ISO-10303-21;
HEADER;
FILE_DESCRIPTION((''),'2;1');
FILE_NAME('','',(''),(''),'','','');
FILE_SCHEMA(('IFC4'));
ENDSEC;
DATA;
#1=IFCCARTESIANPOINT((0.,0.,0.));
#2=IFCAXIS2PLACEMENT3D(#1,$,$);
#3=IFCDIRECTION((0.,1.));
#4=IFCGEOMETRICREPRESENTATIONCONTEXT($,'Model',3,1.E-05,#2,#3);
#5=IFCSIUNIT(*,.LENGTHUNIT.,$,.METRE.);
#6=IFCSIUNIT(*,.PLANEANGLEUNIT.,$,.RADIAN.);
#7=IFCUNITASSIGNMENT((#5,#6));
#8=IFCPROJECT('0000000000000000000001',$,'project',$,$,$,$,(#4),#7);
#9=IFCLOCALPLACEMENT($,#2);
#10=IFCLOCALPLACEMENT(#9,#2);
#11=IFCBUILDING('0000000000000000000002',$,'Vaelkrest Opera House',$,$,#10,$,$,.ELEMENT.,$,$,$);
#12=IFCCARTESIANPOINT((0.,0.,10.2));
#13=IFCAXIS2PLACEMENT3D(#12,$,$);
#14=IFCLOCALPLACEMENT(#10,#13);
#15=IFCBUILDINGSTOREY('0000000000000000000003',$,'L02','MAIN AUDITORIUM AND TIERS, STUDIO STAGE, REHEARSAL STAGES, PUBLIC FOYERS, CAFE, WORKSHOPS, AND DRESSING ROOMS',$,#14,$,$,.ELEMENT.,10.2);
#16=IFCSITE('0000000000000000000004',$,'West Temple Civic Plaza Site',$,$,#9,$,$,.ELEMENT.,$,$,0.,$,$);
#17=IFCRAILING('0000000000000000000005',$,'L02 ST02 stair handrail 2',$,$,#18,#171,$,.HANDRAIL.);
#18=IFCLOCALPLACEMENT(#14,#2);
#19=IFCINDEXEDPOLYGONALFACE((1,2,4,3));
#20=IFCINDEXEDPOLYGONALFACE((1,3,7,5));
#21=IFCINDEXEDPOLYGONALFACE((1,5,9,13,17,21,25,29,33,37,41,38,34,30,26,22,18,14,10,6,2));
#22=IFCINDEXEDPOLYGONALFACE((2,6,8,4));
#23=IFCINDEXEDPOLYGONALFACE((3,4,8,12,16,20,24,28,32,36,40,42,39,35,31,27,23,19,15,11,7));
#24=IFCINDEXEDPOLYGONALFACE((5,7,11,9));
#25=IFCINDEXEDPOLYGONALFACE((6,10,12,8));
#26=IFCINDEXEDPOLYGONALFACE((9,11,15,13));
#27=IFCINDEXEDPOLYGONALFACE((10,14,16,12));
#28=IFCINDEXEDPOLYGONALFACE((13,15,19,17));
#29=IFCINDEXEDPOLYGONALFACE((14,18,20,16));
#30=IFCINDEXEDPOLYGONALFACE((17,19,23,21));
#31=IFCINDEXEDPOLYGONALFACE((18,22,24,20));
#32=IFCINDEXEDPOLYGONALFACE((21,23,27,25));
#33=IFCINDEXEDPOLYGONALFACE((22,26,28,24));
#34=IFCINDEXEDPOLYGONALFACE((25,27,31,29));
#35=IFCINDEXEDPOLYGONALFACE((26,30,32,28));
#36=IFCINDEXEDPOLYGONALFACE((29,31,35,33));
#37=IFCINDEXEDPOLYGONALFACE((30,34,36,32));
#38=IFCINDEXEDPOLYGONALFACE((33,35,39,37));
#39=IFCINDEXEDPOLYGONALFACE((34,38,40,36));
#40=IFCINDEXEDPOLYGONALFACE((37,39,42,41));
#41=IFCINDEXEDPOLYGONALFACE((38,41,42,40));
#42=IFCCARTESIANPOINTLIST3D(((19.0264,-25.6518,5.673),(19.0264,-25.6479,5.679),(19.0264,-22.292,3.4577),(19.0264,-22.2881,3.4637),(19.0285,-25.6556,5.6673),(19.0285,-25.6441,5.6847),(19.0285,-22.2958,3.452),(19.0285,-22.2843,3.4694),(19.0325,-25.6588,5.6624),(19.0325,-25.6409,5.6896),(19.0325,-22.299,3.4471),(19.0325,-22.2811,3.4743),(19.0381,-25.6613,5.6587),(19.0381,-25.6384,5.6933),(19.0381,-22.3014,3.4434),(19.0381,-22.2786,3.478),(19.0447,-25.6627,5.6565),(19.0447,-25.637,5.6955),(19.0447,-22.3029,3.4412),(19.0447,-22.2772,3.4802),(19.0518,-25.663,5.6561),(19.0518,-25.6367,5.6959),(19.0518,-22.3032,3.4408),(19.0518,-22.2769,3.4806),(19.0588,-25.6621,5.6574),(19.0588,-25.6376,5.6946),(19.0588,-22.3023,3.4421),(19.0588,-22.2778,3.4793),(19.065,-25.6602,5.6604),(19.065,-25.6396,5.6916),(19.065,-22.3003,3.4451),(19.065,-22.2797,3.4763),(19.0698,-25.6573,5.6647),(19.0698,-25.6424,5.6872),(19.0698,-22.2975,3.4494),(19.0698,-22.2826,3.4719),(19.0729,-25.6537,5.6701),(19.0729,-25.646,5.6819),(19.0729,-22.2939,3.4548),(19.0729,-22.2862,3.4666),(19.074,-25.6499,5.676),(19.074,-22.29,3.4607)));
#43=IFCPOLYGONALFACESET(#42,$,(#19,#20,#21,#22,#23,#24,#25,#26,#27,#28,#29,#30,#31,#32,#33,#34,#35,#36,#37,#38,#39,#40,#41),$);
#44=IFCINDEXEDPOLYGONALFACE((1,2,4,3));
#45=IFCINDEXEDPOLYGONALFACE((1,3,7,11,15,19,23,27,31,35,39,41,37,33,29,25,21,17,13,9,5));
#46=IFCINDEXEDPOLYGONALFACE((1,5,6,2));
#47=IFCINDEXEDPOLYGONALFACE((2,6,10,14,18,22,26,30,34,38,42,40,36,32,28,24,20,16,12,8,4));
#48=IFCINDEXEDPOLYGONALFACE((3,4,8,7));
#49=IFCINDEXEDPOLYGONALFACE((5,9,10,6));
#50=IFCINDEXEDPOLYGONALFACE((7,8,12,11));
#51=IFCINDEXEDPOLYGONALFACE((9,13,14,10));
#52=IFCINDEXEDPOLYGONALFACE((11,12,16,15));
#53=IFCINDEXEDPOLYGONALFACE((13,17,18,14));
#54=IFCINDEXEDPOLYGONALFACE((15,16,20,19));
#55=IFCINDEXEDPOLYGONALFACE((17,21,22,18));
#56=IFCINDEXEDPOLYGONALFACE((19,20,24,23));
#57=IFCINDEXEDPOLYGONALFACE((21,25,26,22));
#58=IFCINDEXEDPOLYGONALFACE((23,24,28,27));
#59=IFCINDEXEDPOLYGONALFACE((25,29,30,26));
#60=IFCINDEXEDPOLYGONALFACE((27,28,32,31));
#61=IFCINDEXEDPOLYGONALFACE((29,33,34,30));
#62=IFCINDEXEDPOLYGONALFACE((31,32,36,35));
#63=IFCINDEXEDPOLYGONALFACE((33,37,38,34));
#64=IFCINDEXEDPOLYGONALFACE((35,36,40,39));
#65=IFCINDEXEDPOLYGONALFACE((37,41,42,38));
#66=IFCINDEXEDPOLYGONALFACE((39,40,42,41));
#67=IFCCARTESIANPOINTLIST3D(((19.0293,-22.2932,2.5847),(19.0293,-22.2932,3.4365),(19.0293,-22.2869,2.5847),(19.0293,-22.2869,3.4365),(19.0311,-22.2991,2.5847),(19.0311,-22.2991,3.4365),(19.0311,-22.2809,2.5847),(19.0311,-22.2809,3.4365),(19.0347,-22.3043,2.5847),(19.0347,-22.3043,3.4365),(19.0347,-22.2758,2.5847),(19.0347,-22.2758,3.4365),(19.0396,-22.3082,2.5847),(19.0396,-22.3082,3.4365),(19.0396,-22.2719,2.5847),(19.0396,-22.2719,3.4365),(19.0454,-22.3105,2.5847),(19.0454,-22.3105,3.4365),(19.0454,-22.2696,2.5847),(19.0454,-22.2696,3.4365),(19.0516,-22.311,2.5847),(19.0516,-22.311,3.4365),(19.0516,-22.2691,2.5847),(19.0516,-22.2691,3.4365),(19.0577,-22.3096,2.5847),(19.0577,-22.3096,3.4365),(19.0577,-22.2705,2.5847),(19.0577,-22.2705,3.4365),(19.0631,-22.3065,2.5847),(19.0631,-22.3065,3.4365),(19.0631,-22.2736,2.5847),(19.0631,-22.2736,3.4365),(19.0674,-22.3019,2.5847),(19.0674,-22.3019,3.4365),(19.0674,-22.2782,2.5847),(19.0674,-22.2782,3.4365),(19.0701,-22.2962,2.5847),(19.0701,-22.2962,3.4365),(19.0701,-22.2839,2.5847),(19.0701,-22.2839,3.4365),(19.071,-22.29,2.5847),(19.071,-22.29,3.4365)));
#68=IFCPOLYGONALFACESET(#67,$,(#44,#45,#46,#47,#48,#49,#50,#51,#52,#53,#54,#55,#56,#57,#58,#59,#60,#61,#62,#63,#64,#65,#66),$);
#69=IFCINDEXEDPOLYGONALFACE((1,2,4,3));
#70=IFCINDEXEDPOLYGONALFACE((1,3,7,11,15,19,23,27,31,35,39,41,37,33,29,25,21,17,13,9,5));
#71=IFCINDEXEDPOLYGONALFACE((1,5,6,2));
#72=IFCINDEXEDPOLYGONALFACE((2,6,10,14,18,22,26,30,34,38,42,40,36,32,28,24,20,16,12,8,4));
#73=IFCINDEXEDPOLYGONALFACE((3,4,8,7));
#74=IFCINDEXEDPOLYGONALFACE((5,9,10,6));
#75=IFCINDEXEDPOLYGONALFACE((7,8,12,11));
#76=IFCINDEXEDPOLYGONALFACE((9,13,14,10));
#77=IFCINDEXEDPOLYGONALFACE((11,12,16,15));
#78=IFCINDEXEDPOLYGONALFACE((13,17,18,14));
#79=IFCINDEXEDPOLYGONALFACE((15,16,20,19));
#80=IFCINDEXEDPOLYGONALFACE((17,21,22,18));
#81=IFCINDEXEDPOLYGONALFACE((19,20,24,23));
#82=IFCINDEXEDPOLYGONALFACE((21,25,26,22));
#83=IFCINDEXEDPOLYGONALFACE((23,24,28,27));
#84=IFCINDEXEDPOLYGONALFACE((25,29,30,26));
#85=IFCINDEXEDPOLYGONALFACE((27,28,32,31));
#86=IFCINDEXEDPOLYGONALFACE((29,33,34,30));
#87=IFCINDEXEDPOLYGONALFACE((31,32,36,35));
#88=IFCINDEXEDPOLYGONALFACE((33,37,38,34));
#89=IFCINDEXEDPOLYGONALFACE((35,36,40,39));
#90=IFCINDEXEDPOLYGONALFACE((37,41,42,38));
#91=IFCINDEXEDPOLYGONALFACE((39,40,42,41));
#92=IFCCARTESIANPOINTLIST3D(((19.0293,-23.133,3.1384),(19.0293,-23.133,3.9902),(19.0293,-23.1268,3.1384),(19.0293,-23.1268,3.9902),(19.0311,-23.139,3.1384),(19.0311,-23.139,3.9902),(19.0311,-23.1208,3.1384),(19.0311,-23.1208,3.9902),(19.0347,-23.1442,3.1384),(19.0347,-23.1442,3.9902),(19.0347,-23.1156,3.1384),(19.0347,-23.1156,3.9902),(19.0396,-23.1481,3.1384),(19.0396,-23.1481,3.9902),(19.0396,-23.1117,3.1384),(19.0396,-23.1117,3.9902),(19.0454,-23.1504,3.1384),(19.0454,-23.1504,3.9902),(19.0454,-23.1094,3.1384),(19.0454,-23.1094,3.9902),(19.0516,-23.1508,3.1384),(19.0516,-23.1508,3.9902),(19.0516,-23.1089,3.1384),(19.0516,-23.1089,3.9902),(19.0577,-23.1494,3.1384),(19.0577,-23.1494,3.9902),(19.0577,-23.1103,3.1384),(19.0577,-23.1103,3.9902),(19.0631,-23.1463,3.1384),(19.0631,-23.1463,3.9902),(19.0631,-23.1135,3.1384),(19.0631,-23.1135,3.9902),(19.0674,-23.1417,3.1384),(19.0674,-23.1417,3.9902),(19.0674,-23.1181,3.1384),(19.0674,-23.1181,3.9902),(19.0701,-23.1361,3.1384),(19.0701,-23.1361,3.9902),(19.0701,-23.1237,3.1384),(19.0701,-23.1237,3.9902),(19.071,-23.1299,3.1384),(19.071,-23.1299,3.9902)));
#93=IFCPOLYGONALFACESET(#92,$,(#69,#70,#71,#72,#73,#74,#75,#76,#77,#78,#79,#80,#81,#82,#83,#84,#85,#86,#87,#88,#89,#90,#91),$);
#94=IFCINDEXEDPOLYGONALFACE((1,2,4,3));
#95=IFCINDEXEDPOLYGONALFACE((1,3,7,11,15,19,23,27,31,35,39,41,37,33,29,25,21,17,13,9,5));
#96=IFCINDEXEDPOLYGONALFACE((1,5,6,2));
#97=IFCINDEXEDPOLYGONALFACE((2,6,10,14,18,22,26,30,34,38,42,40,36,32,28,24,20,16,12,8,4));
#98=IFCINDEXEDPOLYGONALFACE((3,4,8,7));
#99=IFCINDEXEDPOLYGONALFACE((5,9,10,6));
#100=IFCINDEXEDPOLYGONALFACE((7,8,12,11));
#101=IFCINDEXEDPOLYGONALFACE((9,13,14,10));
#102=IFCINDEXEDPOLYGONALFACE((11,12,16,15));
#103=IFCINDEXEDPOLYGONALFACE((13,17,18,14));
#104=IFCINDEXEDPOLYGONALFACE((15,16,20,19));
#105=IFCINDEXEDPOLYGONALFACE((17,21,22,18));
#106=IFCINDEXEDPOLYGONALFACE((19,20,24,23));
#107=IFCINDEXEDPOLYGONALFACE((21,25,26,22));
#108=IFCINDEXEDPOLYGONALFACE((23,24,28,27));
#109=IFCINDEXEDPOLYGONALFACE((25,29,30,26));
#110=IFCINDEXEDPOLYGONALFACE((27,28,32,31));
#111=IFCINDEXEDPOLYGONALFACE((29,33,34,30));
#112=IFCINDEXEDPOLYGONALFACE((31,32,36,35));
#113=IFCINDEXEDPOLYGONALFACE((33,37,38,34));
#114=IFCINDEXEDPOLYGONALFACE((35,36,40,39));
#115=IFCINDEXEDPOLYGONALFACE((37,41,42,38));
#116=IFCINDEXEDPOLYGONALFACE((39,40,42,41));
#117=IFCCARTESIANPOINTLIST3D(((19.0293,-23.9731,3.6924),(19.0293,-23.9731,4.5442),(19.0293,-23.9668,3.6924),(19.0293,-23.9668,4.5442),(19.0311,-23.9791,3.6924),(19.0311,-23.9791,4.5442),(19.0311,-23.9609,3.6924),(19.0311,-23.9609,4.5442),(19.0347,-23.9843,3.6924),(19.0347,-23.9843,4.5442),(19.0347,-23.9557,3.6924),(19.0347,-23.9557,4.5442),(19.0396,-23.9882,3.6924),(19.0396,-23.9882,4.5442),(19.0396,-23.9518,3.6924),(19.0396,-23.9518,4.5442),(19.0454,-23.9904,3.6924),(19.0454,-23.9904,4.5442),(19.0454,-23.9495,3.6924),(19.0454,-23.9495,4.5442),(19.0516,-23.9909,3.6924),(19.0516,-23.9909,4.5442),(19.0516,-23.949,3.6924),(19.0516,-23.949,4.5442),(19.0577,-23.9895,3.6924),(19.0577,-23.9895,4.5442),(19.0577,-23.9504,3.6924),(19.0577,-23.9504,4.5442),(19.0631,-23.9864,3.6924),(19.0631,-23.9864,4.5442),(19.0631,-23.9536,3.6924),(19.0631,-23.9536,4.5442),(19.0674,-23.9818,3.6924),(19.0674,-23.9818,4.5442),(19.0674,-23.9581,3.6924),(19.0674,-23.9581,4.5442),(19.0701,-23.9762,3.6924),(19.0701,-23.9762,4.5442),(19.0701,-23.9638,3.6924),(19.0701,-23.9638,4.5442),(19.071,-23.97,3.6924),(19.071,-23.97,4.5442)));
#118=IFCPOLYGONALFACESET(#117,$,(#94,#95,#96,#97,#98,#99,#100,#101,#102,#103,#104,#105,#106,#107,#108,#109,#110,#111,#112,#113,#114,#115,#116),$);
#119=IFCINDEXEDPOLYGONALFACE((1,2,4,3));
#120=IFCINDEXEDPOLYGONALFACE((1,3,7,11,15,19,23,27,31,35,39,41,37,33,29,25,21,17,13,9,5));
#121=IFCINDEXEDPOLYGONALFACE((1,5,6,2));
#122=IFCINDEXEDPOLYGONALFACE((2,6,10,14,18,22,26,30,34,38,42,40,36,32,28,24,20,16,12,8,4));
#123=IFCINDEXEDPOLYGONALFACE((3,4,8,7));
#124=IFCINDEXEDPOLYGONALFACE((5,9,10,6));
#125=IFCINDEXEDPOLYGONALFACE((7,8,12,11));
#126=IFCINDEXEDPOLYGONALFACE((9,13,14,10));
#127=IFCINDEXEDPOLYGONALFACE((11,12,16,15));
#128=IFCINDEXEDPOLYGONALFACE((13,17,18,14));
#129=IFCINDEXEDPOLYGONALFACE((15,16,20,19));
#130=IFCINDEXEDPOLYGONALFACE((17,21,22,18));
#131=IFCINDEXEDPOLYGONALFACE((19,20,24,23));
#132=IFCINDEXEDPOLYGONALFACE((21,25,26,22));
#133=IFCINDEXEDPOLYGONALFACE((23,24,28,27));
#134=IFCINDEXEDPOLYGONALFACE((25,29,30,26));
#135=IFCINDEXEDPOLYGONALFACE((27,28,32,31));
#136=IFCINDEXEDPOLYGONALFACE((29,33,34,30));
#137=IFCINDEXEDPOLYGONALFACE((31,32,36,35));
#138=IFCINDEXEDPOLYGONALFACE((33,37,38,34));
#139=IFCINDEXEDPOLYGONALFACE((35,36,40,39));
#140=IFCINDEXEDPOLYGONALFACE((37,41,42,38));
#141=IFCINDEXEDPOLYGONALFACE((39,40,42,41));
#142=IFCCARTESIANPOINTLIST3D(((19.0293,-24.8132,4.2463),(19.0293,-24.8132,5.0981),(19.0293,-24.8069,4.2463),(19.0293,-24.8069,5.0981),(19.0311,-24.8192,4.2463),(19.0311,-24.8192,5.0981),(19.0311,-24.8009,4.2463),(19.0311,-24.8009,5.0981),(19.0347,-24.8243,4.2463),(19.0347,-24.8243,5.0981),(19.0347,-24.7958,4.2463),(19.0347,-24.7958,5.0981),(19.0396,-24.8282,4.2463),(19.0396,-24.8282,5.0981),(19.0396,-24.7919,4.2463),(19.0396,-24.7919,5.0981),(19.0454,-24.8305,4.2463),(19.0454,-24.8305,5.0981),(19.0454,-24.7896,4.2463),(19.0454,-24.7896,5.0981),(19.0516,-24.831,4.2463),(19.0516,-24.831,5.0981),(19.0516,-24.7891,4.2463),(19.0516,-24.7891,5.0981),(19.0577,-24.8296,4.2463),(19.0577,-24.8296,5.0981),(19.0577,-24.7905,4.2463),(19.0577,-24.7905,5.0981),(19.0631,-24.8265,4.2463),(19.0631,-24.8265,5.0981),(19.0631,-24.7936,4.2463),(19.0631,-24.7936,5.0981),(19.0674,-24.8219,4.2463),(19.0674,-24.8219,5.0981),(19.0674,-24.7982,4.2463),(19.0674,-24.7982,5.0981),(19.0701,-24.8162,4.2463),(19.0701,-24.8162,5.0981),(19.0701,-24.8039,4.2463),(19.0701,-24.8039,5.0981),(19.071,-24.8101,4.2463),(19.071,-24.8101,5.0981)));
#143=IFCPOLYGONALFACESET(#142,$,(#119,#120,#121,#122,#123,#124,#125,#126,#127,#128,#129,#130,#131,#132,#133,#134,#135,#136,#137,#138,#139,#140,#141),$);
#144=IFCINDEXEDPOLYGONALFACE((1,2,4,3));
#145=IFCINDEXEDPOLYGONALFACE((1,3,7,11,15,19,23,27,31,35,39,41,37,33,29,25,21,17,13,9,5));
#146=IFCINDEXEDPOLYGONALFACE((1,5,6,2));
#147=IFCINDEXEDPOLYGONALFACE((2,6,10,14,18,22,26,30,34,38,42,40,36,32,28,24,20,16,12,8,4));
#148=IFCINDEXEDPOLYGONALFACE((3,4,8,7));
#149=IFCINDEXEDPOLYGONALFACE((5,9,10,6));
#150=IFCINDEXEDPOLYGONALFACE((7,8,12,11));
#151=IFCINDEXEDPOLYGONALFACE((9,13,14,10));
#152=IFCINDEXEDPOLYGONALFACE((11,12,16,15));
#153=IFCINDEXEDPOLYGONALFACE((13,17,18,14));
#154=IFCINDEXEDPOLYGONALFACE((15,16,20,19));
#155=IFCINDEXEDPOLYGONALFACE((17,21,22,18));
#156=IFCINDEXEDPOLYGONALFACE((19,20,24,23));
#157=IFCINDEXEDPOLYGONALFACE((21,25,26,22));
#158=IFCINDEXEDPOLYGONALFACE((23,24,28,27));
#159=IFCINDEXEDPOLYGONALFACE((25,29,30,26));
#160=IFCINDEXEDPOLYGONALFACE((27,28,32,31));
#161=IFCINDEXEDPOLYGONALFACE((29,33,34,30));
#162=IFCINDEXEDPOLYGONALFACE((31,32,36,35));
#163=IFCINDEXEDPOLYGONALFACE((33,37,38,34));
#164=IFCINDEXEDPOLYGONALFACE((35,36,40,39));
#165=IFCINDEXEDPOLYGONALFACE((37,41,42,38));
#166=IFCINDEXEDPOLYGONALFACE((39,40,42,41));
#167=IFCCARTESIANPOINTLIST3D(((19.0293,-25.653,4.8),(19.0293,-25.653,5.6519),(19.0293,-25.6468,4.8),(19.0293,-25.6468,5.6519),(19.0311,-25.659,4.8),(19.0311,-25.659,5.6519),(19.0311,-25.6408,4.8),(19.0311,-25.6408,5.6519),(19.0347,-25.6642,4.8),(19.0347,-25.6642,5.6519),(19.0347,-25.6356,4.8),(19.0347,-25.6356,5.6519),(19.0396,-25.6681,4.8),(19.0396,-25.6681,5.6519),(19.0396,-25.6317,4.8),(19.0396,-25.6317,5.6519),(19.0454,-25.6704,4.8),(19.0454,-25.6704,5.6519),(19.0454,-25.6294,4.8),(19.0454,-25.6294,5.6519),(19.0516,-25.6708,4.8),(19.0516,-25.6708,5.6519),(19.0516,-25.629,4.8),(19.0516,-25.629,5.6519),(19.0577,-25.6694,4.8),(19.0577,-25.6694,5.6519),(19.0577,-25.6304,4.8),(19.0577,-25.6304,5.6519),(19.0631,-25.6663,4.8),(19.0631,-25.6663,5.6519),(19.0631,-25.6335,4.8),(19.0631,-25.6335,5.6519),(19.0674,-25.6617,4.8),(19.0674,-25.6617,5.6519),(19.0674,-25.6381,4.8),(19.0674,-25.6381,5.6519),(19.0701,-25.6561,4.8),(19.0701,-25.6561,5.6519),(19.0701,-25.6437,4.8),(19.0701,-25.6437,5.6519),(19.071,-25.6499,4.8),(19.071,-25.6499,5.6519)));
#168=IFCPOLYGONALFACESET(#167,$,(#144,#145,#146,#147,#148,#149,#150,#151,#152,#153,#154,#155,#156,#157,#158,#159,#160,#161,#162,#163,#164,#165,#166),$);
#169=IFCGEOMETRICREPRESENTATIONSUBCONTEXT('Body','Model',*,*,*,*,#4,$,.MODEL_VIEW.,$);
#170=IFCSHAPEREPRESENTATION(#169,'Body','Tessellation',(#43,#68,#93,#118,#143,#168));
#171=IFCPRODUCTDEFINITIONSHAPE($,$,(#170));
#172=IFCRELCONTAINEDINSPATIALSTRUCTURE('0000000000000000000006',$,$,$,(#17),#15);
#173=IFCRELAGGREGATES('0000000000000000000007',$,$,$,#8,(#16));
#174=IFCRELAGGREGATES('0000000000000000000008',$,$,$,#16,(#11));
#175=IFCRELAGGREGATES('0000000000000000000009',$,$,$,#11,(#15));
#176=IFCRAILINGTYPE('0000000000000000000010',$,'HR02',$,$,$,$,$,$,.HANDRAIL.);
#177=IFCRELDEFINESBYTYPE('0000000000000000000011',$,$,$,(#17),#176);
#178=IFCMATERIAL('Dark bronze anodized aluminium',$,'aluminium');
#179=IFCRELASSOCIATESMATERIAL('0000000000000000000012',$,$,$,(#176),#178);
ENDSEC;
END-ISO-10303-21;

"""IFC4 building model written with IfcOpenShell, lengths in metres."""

from ifc_helpers import new_model, si_unit, direction, frame, origin, origin_2d, place, context, subcontext, project, spatial, circle, extrude, material, type_object, element, save


model = new_model("IFC4")

# Units and contexts
model_context = context("Model", 3, precision=1e-05, world=origin(), true_north=direction((0.0, 1.0)))
body_context = subcontext(model_context, "Body", "Model", "MODEL_VIEW")
ifc_project = project(units=[si_unit("LENGTHUNIT", "METRE"), si_unit("PLANEANGLEUNIT", "RADIAN")], contexts=[model_context])

# Site, building, storey
site_placement = place(None, origin())
site = spatial("IfcSite", under=ifc_project, at=site_placement, Name="West Temple Civic Plaza Site", CompositionType="ELEMENT", RefElevation=0.0)
building_placement = place(site_placement, origin())
building = spatial("IfcBuilding", under=site, at=building_placement, Name="Vaelkrest Opera House", CompositionType="ELEMENT")
storey_placement = place(building_placement, frame((0.0, 0.0, 10.2)))
storey = spatial("IfcBuildingStorey", under=building, at=storey_placement, Name="L02", Description="MAIN AUDITORIUM AND TIERS, STUDIO STAGE, REHEARSAL STAGES, PUBLIC FOYERS, CAFE, WORKSHOPS, AND DRESSING ROOMS", CompositionType="ELEMENT", Elevation=10.2)

# Railing
ifc_material_1 = material(Name="Dark bronze anodized aluminium", Category="aluminium")
railing_type_1 = type_object("IfcRailingType", Name="HR02", PredefinedType="HANDRAIL", material=ifc_material_1)
railing_1_placement = place(storey_placement, frame((19.05, -22.29, 2.5847)))
element("IfcRailing", 1, at=railing_1_placement, inside=storey, type_object=railing_type_1, Name="L02 ST02 stair handrail 2", PredefinedType="HANDRAIL", context=body_context, shape_type="SweptSolid", body=[
    extrude(circle(Radius=0.0239, at=origin_2d()), frame((0.0, 0.0, 0.876), z_axis=(0.0, -0.834858, 0.550465), x_axis=(1.0, 0.0, 0.0)), (0.0, 0.0, 1.0), 4.0244),
    extrude(circle(Radius=0.021, at=origin_2d()), origin(), (0.0, 0.0, 1.0), 0.8518),
    extrude(circle(Radius=0.021, at=origin_2d()), frame((0.0, -0.8398, 0.5537)), (0.0, 0.0, 1.0), 0.8518),
    extrude(circle(Radius=0.021, at=origin_2d()), frame((0.0, -1.6799, 1.1077)), (0.0, 0.0, 1.0), 0.8518),
    extrude(circle(Radius=0.021, at=origin_2d()), frame((0.0, -2.52, 1.6616)), (0.0, 0.0, 1.0), 0.8518),
    extrude(circle(Radius=0.021, at=origin_2d()), frame((0.0, -3.3599, 2.2153)), (0.0, 0.0, 1.0), 0.8518),
])

save(model, "model.ifc")
